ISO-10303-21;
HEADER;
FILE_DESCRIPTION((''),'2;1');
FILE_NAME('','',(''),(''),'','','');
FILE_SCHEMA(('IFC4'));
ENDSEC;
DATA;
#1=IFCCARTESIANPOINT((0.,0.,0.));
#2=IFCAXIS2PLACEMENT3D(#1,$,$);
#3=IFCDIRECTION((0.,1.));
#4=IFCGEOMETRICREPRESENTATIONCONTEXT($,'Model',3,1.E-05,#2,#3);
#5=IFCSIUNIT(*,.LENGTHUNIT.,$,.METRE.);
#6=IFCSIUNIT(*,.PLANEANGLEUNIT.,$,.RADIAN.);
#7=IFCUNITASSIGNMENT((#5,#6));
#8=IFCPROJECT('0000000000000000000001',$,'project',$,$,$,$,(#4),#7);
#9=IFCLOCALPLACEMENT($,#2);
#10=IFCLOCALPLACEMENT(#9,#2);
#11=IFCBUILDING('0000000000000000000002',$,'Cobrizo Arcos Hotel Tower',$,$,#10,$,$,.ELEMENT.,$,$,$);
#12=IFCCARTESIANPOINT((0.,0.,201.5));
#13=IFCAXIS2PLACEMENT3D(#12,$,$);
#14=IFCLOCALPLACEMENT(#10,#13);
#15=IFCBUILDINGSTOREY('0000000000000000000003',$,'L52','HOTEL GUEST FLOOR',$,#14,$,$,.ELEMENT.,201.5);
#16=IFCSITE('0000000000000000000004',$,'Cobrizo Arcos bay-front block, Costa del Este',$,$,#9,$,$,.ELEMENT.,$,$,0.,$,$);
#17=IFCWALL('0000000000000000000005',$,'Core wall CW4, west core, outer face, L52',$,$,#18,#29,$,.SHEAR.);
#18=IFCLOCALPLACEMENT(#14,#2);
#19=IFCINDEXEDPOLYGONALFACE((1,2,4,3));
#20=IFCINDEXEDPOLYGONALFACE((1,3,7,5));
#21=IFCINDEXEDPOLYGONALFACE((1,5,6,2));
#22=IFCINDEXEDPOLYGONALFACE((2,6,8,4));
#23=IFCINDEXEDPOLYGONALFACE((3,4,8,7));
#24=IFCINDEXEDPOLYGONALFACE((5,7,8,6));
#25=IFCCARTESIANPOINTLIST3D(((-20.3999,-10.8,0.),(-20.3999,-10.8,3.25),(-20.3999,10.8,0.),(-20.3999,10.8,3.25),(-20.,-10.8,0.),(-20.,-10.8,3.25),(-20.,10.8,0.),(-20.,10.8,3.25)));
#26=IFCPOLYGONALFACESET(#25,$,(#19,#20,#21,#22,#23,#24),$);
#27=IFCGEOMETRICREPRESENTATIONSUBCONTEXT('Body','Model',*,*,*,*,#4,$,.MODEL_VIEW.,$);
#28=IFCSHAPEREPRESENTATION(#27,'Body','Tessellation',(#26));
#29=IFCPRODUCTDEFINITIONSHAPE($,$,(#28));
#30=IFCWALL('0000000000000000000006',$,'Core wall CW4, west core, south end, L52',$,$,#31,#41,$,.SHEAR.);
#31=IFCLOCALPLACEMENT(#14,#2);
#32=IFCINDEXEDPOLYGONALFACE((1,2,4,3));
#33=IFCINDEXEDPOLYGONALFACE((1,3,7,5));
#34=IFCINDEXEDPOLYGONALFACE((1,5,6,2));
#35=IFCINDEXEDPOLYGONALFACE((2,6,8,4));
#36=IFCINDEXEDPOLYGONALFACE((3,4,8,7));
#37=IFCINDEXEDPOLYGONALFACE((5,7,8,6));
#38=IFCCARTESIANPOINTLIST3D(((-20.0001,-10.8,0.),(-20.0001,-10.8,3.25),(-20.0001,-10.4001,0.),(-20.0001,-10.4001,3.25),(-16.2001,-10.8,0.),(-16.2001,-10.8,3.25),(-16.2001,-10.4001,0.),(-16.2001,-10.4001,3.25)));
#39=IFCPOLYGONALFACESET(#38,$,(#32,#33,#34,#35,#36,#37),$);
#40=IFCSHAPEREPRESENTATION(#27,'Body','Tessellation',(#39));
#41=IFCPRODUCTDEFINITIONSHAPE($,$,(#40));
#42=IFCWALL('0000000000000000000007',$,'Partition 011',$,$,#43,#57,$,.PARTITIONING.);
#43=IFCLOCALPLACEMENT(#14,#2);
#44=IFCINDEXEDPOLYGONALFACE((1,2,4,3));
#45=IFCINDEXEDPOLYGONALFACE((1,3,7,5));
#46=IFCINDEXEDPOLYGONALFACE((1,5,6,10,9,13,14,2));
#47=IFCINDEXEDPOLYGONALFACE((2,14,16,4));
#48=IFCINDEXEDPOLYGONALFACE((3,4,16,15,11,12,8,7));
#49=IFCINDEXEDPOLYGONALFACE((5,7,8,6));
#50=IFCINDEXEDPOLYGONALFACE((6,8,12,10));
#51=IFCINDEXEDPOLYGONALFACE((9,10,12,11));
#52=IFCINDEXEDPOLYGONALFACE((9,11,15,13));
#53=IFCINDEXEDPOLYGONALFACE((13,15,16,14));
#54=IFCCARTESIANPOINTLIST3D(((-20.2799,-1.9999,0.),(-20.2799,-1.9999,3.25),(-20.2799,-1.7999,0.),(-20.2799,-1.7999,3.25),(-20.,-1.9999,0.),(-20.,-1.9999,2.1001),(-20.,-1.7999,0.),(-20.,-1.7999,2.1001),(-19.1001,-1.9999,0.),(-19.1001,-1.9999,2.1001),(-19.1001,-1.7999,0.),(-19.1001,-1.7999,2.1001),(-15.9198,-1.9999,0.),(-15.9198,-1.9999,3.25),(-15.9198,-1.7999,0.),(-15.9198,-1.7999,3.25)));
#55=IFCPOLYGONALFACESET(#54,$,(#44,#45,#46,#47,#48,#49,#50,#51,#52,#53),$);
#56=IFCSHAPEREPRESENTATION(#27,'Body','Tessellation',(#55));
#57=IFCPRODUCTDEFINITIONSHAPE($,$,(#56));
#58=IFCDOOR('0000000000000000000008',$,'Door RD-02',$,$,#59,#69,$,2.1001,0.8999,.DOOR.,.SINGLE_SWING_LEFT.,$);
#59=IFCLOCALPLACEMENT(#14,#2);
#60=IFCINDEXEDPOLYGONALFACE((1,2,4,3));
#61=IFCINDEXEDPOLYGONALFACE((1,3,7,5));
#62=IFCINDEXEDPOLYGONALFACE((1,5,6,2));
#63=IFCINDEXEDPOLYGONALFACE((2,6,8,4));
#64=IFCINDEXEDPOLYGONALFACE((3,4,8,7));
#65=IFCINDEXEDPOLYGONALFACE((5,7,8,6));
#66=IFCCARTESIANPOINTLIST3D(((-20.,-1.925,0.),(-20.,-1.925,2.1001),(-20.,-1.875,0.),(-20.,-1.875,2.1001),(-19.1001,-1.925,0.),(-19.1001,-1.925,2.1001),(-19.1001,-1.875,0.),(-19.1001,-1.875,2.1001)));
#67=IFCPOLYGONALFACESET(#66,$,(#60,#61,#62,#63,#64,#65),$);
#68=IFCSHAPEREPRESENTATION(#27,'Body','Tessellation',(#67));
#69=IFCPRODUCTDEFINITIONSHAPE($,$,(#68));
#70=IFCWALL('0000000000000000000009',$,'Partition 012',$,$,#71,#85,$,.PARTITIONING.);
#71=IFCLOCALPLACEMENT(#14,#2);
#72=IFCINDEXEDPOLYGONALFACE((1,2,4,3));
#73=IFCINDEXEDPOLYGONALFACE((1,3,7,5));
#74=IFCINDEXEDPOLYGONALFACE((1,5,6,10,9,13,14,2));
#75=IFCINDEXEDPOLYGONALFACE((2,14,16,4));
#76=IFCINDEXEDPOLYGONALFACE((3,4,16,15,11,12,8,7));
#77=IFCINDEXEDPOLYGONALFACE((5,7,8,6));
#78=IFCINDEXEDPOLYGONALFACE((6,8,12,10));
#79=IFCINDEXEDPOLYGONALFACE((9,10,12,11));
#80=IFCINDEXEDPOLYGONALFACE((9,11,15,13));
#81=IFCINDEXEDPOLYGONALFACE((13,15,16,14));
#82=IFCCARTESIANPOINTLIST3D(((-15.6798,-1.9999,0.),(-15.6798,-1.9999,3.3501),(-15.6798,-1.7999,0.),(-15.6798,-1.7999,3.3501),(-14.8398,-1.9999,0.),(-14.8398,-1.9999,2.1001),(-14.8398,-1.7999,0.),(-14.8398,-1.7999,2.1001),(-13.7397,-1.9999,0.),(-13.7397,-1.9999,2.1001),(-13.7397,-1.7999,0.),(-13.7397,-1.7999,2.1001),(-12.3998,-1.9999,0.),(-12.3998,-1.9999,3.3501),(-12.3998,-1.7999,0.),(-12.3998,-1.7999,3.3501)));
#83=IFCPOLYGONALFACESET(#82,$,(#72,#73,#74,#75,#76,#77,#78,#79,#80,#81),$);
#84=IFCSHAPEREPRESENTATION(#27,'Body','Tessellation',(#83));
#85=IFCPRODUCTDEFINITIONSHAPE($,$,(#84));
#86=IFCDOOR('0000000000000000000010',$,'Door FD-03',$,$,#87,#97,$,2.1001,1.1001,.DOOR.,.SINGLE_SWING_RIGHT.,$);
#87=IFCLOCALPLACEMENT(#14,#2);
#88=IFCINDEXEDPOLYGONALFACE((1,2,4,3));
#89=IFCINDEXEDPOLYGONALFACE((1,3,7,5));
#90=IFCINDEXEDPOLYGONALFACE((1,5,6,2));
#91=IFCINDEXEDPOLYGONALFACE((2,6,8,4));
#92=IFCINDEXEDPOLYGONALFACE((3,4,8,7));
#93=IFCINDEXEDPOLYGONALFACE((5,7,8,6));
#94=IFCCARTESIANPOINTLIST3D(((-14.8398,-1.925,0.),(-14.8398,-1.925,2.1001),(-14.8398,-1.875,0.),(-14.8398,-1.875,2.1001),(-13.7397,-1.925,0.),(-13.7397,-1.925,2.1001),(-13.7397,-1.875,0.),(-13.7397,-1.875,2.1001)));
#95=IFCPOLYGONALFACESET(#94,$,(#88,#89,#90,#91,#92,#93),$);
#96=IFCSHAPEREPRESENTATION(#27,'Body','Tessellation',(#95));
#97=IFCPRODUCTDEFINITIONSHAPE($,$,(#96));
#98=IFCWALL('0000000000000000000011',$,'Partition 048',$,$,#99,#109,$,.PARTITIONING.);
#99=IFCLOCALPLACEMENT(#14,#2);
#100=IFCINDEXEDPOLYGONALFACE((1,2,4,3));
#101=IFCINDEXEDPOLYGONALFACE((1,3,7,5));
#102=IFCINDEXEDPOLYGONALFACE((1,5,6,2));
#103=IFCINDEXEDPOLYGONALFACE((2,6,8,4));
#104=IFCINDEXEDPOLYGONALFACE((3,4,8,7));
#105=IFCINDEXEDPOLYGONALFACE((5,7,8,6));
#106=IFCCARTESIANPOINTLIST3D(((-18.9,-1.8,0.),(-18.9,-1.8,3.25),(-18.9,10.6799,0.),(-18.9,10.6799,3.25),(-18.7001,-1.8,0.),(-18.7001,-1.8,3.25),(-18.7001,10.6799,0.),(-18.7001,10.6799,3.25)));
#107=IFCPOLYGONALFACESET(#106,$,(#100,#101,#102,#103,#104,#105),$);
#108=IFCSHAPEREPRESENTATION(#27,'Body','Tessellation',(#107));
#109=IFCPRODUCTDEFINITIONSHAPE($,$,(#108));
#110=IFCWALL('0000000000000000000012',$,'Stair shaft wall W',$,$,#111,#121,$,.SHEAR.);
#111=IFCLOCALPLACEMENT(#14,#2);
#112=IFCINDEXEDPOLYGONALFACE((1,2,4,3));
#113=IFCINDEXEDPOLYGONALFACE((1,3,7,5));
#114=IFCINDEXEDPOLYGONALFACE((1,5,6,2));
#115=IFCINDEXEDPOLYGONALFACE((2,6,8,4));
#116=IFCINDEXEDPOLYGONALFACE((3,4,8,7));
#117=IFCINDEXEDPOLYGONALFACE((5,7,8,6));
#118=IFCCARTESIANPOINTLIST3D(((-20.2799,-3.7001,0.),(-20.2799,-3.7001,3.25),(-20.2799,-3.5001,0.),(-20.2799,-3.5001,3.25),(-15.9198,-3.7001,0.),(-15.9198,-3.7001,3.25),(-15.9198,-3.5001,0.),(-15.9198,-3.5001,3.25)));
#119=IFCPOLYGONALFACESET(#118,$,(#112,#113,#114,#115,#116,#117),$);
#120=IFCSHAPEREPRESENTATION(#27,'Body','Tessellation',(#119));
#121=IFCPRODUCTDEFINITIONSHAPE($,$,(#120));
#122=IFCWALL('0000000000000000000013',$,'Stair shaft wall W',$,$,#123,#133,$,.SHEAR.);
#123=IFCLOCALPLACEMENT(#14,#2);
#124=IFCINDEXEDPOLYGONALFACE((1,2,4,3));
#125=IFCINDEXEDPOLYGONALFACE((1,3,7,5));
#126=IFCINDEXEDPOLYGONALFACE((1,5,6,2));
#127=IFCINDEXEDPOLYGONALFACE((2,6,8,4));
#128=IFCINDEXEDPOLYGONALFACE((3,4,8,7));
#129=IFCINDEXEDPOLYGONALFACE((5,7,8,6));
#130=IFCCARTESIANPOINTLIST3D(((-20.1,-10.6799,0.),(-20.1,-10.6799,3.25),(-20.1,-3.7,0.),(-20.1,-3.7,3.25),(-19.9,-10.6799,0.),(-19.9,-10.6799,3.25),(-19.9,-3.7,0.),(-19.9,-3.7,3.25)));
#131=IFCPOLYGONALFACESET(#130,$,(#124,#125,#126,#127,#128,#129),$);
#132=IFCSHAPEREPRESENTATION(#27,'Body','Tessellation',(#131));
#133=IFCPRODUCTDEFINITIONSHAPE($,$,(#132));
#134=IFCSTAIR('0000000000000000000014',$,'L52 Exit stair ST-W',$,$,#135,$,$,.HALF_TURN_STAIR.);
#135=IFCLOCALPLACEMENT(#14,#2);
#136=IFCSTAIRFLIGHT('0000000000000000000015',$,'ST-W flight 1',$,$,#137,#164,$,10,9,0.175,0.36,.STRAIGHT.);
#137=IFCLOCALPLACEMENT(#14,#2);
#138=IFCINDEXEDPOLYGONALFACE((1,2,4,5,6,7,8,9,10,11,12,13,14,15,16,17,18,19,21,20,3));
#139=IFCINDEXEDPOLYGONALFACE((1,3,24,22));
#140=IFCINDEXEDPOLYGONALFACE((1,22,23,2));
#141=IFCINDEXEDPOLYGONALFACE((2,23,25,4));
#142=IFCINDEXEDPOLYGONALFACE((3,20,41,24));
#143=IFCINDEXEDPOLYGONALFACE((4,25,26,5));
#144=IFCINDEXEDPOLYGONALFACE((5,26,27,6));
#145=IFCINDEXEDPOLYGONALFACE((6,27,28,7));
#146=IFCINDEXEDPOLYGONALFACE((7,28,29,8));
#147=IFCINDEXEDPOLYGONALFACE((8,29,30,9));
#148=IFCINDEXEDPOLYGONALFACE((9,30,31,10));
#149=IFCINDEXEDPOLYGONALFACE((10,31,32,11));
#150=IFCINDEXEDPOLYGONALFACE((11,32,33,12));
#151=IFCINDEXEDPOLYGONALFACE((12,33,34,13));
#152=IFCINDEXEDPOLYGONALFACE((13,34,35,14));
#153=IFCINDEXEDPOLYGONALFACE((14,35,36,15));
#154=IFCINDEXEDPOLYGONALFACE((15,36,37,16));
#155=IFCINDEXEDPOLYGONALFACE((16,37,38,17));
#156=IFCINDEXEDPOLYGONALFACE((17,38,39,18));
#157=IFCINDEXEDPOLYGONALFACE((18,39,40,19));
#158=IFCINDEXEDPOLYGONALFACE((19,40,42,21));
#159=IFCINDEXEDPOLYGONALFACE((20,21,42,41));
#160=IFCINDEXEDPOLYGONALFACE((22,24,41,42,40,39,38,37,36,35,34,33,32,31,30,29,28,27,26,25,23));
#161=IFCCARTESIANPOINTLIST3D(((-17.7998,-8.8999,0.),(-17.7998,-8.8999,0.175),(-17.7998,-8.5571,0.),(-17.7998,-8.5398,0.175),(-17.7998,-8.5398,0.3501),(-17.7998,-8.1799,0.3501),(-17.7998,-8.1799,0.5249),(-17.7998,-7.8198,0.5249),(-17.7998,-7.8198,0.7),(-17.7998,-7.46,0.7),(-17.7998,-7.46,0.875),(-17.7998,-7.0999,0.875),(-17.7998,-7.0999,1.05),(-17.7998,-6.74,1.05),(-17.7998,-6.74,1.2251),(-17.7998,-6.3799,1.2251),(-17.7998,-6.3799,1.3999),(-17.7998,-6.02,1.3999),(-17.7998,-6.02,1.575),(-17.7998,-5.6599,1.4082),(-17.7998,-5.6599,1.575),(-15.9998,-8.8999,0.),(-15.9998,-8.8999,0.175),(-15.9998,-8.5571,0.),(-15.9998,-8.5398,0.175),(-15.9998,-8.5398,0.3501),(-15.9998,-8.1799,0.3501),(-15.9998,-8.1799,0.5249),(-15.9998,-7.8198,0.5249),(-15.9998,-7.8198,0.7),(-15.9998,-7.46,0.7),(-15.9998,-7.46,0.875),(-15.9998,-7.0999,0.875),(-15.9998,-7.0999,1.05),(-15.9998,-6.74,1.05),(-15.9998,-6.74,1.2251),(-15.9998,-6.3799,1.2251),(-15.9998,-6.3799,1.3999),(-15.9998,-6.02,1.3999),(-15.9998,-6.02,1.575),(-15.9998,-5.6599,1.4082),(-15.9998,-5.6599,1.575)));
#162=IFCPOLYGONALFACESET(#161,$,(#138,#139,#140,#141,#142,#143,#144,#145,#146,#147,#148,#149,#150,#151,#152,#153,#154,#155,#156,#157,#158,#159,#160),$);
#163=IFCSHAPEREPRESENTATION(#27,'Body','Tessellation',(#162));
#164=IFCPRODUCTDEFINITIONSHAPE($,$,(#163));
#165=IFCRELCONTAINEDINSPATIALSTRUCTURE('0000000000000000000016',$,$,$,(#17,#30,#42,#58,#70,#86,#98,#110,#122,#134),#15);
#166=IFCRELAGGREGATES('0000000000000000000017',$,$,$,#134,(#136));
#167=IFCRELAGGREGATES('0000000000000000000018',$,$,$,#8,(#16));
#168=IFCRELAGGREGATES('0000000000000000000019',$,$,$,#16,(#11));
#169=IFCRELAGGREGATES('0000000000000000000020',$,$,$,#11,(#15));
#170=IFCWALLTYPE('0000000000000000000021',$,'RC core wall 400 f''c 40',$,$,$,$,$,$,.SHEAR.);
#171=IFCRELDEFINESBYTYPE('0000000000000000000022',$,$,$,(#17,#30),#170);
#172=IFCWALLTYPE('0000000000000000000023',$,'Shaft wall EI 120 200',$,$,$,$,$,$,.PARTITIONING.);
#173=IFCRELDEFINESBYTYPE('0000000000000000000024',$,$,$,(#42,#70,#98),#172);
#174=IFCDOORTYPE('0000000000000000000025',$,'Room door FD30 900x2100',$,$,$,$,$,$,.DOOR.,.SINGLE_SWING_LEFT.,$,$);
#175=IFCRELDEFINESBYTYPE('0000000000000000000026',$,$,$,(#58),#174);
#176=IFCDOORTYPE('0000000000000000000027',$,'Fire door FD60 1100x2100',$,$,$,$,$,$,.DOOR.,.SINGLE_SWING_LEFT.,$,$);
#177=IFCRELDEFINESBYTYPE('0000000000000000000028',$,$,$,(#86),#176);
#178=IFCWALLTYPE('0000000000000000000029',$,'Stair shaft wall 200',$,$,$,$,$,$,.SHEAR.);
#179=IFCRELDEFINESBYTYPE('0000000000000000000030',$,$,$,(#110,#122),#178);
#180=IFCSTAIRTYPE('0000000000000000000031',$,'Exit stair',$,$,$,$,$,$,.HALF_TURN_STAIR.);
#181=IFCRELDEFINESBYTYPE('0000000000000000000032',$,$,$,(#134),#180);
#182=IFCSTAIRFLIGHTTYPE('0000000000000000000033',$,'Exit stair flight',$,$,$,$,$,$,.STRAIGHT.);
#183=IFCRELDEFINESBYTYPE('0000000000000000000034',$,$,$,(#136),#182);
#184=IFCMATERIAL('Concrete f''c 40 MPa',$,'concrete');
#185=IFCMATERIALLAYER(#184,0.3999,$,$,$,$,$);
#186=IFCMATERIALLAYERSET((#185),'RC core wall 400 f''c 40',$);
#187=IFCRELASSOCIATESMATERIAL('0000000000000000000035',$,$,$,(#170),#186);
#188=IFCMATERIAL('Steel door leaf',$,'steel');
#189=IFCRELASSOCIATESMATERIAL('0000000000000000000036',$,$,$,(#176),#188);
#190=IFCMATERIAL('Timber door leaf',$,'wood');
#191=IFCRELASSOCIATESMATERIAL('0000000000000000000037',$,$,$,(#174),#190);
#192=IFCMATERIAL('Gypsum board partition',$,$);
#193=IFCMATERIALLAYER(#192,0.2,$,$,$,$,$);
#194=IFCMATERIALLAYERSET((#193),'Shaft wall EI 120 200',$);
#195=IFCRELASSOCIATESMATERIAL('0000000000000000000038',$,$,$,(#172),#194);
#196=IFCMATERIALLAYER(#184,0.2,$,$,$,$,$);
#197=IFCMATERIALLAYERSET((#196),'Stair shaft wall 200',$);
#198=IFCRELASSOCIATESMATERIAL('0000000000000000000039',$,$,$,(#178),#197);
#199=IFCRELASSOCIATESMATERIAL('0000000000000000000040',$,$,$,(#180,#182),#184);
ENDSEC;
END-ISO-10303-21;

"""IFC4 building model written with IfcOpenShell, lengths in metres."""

from ifc_helpers import new_model, si_unit, direction, frame, frame_2d, origin, place, context, subcontext, project, spatial, polyline, rectangle, outline, extrude, material, layer, layer_set, type_object, element, fill, aggregate, save


model = new_model("IFC4")

# Units and contexts
model_context = context("Model", 3, precision=1e-05, world=origin(), true_north=direction((0.0, 1.0)))
body_context = subcontext(model_context, "Body", "Model", "MODEL_VIEW")
ifc_project = project(units=[si_unit("LENGTHUNIT", "METRE"), si_unit("PLANEANGLEUNIT", "RADIAN")], contexts=[model_context])

# Site, building, storey
site_placement = place(None, origin())
site = spatial("IfcSite", under=ifc_project, at=site_placement, Name="Cobrizo Arcos bay-front block, Costa del Este", CompositionType="ELEMENT", RefElevation=0.0)
building_placement = place(site_placement, origin())
building = spatial("IfcBuilding", under=site, at=building_placement, Name="Cobrizo Arcos Hotel Tower", CompositionType="ELEMENT")
storey_placement = place(building_placement, frame((0.0, 0.0, 201.5)))
storey = spatial("IfcBuildingStorey", under=building, at=storey_placement, Name="L52", Description="HOTEL GUEST FLOOR", CompositionType="ELEMENT", Elevation=201.5)

# Shared definitions
ifc_material_1 = material(Name="Concrete f'c 40 MPa", Category="concrete")
ifc_layer_1 = layer(ifc_material_1, 0.3999)
ifc_layer_set_1 = layer_set([ifc_layer_1], Name="RC core wall 400 f'c 40")
wall_type_1 = type_object("IfcWallType", Name="RC core wall 400 f'c 40", PredefinedType="SHEAR", material=ifc_layer_set_1)
ifc_material_2 = material(Name="Steel door leaf", Category="steel")
door_type_1 = type_object("IfcDoorType", Name="Fire door FD60 1100x2100", OperationType="SINGLE_SWING_LEFT", PredefinedType="DOOR", material=ifc_material_2)
ifc_material_3 = material(Name="Timber door leaf", Category="wood")
door_type_2 = type_object("IfcDoorType", Name="Room door FD30 900x2100", OperationType="SINGLE_SWING_LEFT", PredefinedType="DOOR", material=ifc_material_3)

# Walls
wall_1_placement = place(storey_placement, frame((-20.2, -10.8, 0.0), z_axis=(0.0, 0.0, 1.0), x_axis=(0.0, 1.0, 0.0)))
element("IfcWall", 1, at=wall_1_placement, inside=storey, type_object=wall_type_1, Name="Core wall CW4, west core, outer face, L52", PredefinedType="SHEAR", context=body_context, shape_type="SweptSolid", body=[
    extrude(rectangle(XDim=21.6001, YDim=0.3999, at=frame_2d((10.8, 0.0))), origin(), (0.0, 0.0, 1.0), 3.25),
])
wall_2_placement = place(storey_placement, frame((-20.0, -10.6001, 0.0), z_axis=(0.0, 0.0, 1.0), x_axis=(1.0, 0.0, 0.0)))
element("IfcWall", 2, at=wall_2_placement, inside=storey, type_object=wall_type_1, Name="Core wall CW4, west core, south end, L52", PredefinedType="SHEAR", context=body_context, shape_type="SweptSolid", body=[
    extrude(rectangle(XDim=3.8, YDim=0.3999, at=frame_2d((1.8999, 0.0))), origin(), (0.0, 0.0, 1.0), 3.25),
])

# Walls, openings, doors
ifc_material_4 = material(Name="Gypsum board partition")
ifc_layer_2 = layer(ifc_material_4, 0.2)
ifc_layer_set_2 = layer_set([ifc_layer_2], Name="Shaft wall EI 120 200")
wall_type_2 = type_object("IfcWallType", Name="Shaft wall EI 120 200", PredefinedType="PARTITIONING", material=ifc_layer_set_2)
wall_3_placement = place(storey_placement, frame((-20.28, -1.8999, 0.0), z_axis=(0.0, 0.0, 1.0), x_axis=(1.0, 0.0, 0.0)))
wall_3 = element("IfcWall", 3, at=wall_3_placement, inside=storey, type_object=wall_type_2, Name="Partition 011", PredefinedType="PARTITIONING", context=body_context, shape_type="SweptSolid", body=[
    extrude(rectangle(XDim=4.3601, YDim=0.2, at=frame_2d((2.1802, 0.0))), origin(), (0.0, 0.0, 1.0), 3.25),
])
opening_1_placement = place(wall_3_placement, frame((0.28, 0.0, 0.0)))
opening_1 = element("IfcOpeningElement", 4, at=opening_1_placement, cuts=wall_3, PredefinedType="OPENING", context=body_context, shape_type="SweptSolid", body=[
    extrude(rectangle(XDim=0.8999, YDim=2.1001, at=frame_2d((0.45, 1.05))), frame((0.0, 0.1121, 0.0), z_axis=(0.0, -1.0, 0.0), x_axis=(1.0, 0.0, 0.0)), (0.0, 0.0, 1.0), 0.2239),
])
door_1_placement = place(opening_1_placement, origin())
door_1 = element("IfcDoor", 5, at=door_1_placement, inside=storey, type_object=door_type_2, Name="Door RD-02", OperationType="SINGLE_SWING_LEFT", OverallHeight=2.1001, OverallWidth=0.8999, PredefinedType="DOOR", context=body_context, shape_type="SweptSolid", body=[
    extrude(rectangle(XDim=0.8999, YDim=2.1001, at=frame_2d((0.45, 1.05))), frame((0.0, 0.0249, 0.0), z_axis=(0.0, -1.0, 0.0), x_axis=(1.0, 0.0, 0.0)), (0.0, 0.0, 1.0), 0.05),
])
fill(opening_1, door_1)
wall_4_placement = place(storey_placement, frame((-15.6799, -1.8999, 0.0), z_axis=(0.0, 0.0, 1.0), x_axis=(1.0, 0.0, 0.0)))
wall_4 = element("IfcWall", 6, at=wall_4_placement, inside=storey, type_object=wall_type_2, Name="Partition 012", PredefinedType="PARTITIONING", context=body_context, shape_type="SweptSolid", body=[
    extrude(rectangle(XDim=3.28, YDim=0.2, at=frame_2d((1.6401, 0.0))), origin(), (0.0, 0.0, 1.0), 3.3501),
])
opening_2_placement = place(wall_4_placement, frame((0.8401, 0.0, 0.0)))
opening_2 = element("IfcOpeningElement", 7, at=opening_2_placement, cuts=wall_4, PredefinedType="OPENING", context=body_context, shape_type="SweptSolid", body=[
    extrude(rectangle(XDim=1.1001, YDim=2.1001, at=frame_2d((0.55, 1.05))), frame((0.0, 0.1121, 0.0), z_axis=(0.0, -1.0, 0.0), x_axis=(1.0, 0.0, 0.0)), (0.0, 0.0, 1.0), 0.2239),
])
door_2_placement = place(opening_2_placement, origin())
door_2 = element("IfcDoor", 8, at=door_2_placement, inside=storey, type_object=door_type_1, Name="Door FD-03", OperationType="SINGLE_SWING_RIGHT", OverallHeight=2.1001, OverallWidth=1.1001, PredefinedType="DOOR", context=body_context, shape_type="SweptSolid", body=[
    extrude(rectangle(XDim=1.1001, YDim=2.1001, at=frame_2d((0.55, 1.05))), frame((0.0, 0.0249, 0.0), z_axis=(0.0, -1.0, 0.0), x_axis=(1.0, 0.0, 0.0)), (0.0, 0.0, 1.0), 0.05),
])
fill(opening_2, door_2)

# Walls
wall_5_placement = place(storey_placement, frame((-18.8, -1.8, 0.0), z_axis=(0.0, 0.0, 1.0), x_axis=(0.0, 1.0, 0.0)))
element("IfcWall", 9, at=wall_5_placement, inside=storey, type_object=wall_type_2, Name="Partition 048", PredefinedType="PARTITIONING", context=body_context, shape_type="SweptSolid", body=[
    extrude(rectangle(XDim=12.48, YDim=0.2, at=frame_2d((6.24, 0.0))), origin(), (0.0, 0.0, 1.0), 3.25),
])
ifc_layer_3 = layer(ifc_material_1, 0.2)
ifc_layer_set_3 = layer_set([ifc_layer_3], Name="Stair shaft wall 200")
wall_type_3 = type_object("IfcWallType", Name="Stair shaft wall 200", PredefinedType="SHEAR", material=ifc_layer_set_3)
wall_6_placement = place(storey_placement, frame((-20.28, -3.6001, 0.0), z_axis=(0.0, 0.0, 1.0), x_axis=(1.0, 0.0, 0.0)))
element("IfcWall", 10, at=wall_6_placement, inside=storey, type_object=wall_type_3, Name="Stair shaft wall W", PredefinedType="SHEAR", context=body_context, shape_type="SweptSolid", body=[
    extrude(rectangle(XDim=4.3601, YDim=0.2, at=frame_2d((2.1802, 0.0))), origin(), (0.0, 0.0, 1.0), 3.25),
])
wall_7_placement = place(storey_placement, frame((-20.0, -10.6799, 0.0), z_axis=(0.0, 0.0, 1.0), x_axis=(0.0, 1.0, 0.0)))
element("IfcWall", 11, at=wall_7_placement, inside=storey, type_object=wall_type_3, Name="Stair shaft wall W", PredefinedType="SHEAR", context=body_context, shape_type="SweptSolid", body=[
    extrude(rectangle(XDim=6.98, YDim=0.2, at=frame_2d((3.49, 0.0))), origin(), (0.0, 0.0, 1.0), 3.25),
])

# Stair, stair flight
stair_type = type_object("IfcStairType", Name="Exit stair", PredefinedType="HALF_TURN_STAIR", material=ifc_material_1)
stair_placement = place(storey_placement, origin())
stair = element("IfcStair", 12, at=stair_placement, inside=storey, type_object=stair_type, Name="L52 Exit stair ST-W", PredefinedType="HALF_TURN_STAIR")
stair_flight_type = type_object("IfcStairFlightType", Name="Exit stair flight", PredefinedType="STRAIGHT", material=ifc_material_1)
stair_flight_1_placement = place(storey_placement, frame((-16.8999, -8.8999, 0.0), z_axis=(0.0, 0.0, 1.0), x_axis=(0.0, 1.0, 0.0)))
stair_flight_1 = element("IfcStairFlight", 13, at=stair_flight_1_placement, type_object=stair_flight_type, Name="ST-W flight 1", NumberOfRisers=10, NumberOfTreads=9, PredefinedType="STRAIGHT", RiserHeight=0.175, TreadLength=0.36, context=body_context, shape_type="SweptSolid", body=[
    extrude(outline(polyline([(0.0, 0.0), (0.0, 0.175), (0.3601, 0.175), (0.3601, 0.3501), (0.72, 0.3501), (0.72, 0.5249), (1.0801, 0.5249), (1.0801, 0.7), (1.4399, 0.7), (1.4399, 0.875), (1.8, 0.875), (1.8, 1.05), (2.1599, 1.05), (2.1599, 1.2251), (2.52, 1.2251), (2.52, 1.3999), (2.8799, 1.3999), (2.8799, 1.575), (3.24, 1.575), (3.24, 1.75), (3.24, 1.4082), (0.3428, 0.0), (0.0, 0.0)])), frame((0.0, 0.8999, 0.0), z_axis=(0.0, -1.0, 0.0), x_axis=(1.0, 0.0, 0.0)), (0.0, 0.0, 1.0), 1.8),
])
aggregate(stair, [stair_flight_1])

save(model, "model.ifc")
